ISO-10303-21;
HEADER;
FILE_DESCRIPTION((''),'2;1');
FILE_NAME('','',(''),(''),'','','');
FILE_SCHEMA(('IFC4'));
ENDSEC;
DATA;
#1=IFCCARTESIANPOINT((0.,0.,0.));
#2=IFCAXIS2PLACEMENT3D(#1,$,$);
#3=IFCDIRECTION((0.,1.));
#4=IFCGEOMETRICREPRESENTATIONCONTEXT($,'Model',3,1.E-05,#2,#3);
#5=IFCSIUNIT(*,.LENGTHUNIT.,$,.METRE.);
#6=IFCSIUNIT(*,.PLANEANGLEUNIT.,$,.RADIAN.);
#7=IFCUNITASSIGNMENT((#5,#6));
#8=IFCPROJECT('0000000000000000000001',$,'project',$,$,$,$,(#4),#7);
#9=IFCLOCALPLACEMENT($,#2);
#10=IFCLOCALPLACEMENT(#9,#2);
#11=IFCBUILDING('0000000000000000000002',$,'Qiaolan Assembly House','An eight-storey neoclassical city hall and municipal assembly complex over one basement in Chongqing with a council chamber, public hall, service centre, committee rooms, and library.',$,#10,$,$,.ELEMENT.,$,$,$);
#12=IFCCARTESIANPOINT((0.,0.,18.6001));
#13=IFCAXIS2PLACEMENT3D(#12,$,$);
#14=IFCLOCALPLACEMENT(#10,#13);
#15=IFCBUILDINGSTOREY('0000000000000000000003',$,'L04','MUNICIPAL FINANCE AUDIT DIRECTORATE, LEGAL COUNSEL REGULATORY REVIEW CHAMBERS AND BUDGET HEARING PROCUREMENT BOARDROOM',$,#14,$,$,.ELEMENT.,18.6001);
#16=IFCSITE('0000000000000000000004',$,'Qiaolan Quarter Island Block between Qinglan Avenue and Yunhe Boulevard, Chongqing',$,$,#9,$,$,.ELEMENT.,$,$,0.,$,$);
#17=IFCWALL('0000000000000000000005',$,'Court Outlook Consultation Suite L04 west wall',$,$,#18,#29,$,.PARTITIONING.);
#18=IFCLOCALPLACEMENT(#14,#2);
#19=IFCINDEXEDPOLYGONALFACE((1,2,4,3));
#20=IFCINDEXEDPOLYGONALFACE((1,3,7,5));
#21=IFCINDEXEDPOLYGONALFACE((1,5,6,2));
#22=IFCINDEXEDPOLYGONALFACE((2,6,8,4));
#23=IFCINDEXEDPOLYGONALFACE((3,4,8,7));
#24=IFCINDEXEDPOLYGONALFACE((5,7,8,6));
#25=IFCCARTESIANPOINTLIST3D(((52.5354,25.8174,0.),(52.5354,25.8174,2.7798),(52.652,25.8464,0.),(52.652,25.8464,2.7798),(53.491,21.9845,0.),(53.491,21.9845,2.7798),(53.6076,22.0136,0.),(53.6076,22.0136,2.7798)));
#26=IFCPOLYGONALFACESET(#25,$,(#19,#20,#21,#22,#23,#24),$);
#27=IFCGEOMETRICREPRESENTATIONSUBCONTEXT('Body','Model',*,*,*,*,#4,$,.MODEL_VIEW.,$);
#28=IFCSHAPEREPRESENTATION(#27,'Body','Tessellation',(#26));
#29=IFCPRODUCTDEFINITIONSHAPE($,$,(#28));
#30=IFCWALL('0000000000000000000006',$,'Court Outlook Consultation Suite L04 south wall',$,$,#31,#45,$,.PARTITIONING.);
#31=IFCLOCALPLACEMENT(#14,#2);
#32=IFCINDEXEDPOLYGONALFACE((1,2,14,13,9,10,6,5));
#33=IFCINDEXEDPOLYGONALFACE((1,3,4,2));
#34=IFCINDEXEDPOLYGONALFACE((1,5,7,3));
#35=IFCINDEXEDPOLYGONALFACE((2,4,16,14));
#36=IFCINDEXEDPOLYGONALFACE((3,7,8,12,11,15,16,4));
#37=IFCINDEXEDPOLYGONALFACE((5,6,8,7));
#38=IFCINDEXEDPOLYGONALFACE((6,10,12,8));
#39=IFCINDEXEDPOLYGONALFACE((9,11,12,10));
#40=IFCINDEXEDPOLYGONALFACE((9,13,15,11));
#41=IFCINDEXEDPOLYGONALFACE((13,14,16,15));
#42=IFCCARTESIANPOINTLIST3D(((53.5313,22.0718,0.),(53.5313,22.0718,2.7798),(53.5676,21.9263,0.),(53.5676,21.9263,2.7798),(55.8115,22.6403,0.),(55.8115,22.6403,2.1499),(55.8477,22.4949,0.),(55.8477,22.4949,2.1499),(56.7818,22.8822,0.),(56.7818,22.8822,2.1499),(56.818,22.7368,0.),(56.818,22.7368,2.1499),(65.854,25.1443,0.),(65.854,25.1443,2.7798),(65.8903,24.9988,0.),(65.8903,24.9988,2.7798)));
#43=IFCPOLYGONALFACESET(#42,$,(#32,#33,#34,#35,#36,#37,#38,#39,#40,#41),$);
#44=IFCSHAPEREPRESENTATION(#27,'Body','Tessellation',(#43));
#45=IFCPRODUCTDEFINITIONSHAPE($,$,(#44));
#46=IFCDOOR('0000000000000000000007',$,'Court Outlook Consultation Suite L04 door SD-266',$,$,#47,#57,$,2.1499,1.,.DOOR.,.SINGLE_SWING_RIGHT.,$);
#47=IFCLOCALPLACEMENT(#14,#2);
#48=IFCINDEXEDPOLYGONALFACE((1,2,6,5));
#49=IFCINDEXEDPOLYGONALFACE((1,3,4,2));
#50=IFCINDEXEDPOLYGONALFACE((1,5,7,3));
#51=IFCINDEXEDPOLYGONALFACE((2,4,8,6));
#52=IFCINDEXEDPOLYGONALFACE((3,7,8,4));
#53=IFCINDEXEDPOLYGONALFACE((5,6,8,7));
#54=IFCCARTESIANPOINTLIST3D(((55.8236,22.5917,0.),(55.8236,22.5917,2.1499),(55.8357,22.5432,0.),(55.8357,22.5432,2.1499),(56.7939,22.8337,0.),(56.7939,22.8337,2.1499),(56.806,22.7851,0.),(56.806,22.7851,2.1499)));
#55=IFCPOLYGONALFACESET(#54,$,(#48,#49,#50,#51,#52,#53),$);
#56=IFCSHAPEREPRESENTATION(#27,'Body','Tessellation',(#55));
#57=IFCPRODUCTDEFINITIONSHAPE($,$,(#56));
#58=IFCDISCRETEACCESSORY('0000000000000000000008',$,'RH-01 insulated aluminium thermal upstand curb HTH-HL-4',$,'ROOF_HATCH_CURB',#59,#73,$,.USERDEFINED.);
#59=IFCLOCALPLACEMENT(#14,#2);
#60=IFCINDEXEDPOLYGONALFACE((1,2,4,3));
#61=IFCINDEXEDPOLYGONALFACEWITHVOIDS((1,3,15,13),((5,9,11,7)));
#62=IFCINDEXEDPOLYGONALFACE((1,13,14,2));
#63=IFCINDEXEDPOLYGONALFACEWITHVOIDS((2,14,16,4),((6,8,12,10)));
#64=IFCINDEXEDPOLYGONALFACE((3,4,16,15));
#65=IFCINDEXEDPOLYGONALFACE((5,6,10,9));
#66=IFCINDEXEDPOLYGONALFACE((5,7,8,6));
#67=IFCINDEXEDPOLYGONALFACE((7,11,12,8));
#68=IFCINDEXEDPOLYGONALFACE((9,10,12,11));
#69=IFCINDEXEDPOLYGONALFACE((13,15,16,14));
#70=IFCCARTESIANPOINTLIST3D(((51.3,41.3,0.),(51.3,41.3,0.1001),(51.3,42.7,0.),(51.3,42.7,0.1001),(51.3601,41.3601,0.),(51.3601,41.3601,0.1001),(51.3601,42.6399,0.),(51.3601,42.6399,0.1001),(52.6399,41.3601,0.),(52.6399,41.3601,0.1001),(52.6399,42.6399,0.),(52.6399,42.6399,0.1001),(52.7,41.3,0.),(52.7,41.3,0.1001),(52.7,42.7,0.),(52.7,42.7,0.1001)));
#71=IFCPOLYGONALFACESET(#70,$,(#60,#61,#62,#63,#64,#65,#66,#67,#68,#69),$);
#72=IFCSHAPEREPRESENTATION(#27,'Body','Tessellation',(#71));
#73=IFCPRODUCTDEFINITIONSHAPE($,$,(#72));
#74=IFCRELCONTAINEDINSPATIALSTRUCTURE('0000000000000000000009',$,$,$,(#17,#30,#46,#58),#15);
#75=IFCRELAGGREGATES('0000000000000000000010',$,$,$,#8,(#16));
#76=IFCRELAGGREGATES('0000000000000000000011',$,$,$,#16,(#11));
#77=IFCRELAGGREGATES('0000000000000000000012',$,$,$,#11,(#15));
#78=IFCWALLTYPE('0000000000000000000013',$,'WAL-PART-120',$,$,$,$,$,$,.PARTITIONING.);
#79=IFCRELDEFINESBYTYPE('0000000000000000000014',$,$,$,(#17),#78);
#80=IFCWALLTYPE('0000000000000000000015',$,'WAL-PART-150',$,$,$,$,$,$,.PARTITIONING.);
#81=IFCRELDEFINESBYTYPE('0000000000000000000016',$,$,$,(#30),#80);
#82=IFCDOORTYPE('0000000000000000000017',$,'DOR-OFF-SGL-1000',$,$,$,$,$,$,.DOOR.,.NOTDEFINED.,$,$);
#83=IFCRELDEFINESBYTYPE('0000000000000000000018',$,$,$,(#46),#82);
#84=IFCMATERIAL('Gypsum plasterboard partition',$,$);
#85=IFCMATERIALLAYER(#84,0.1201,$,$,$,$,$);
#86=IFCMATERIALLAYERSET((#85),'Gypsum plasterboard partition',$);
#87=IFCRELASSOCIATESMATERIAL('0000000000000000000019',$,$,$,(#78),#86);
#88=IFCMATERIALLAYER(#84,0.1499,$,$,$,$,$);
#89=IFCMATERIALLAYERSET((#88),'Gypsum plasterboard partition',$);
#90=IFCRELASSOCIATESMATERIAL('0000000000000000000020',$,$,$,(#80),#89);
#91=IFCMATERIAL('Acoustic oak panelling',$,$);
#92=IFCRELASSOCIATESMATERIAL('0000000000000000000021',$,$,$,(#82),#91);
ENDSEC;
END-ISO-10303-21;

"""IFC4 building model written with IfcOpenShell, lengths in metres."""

from ifc_helpers import new_model, si_unit, direction, frame, frame_2d, origin, place, context, subcontext, project, spatial, polyline, rectangle, outline, extrude, material, layer, layer_set, type_object, element, fill, save


model = new_model("IFC4")

# Units and contexts
model_context = context("Model", 3, precision=1e-05, world=origin(), true_north=direction((0.0, 1.0)))
body_context = subcontext(model_context, "Body", "Model", "MODEL_VIEW")
ifc_project = project(units=[si_unit("LENGTHUNIT", "METRE"), si_unit("PLANEANGLEUNIT", "RADIAN")], contexts=[model_context])

# Site, building, storey
site_placement = place(None, origin())
site = spatial("IfcSite", under=ifc_project, at=site_placement, Name="Qiaolan Quarter Island Block between Qinglan Avenue and Yunhe Boulevard, Chongqing", CompositionType="ELEMENT", RefElevation=0.0)
building_placement = place(site_placement, origin())
building = spatial("IfcBuilding", under=site, at=building_placement, Name="Qiaolan Assembly House", Description="An eight-storey neoclassical city hall and municipal assembly complex over one basement in Chongqing with a council chamber, public hall, service centre, committee rooms, and library.", CompositionType="ELEMENT")
storey_placement = place(building_placement, frame((0.0, 0.0, 18.6001)))
storey = spatial("IfcBuildingStorey", under=building, at=storey_placement, Name="L04", Description="MUNICIPAL FINANCE AUDIT DIRECTORATE, LEGAL COUNSEL REGULATORY REVIEW CHAMBERS AND BUDGET HEARING PROCUREMENT BOARDROOM", CompositionType="ELEMENT", Elevation=18.6001)

# Wall
ifc_material_1 = material(Name="Gypsum plasterboard partition")
ifc_layer_1 = layer(ifc_material_1, 0.1201)
ifc_layer_set_1 = layer_set([ifc_layer_1], Name="Gypsum plasterboard partition")
wall_type_1 = type_object("IfcWallType", Name="WAL-PART-120", PredefinedType="PARTITIONING", material=ifc_layer_set_1)
wall_1_placement = place(storey_placement, frame((53.5493, 21.999, 0.0), z_axis=(0.0, 0.0, 1.0), x_axis=(-0.24191, 0.970299, 0.0)))
element("IfcWall", 1, at=wall_1_placement, inside=storey, type_object=wall_type_1, Name="Court Outlook Consultation Suite L04 west wall", PredefinedType="PARTITIONING", context=body_context, shape_type="SweptSolid", body=[
    extrude(rectangle(XDim=3.9502, YDim=0.1201, at=frame_2d((1.9751, 0.0))), origin(), (0.0, 0.0, 1.0), 2.7798),
])

# Wall, opening, door
ifc_layer_2 = layer(ifc_material_1, 0.1499)
ifc_layer_set_2 = layer_set([ifc_layer_2], Name="Gypsum plasterboard partition")
wall_type_2 = type_object("IfcWallType", Name="WAL-PART-150", PredefinedType="PARTITIONING", material=ifc_layer_set_2)
wall_2_placement = place(storey_placement, frame((53.5493, 21.999, 0.0), z_axis=(0.0, 0.0, 1.0), x_axis=(0.970294, 0.241929, 0.0)))
wall_2 = element("IfcWall", 2, at=wall_2_placement, inside=storey, type_object=wall_type_2, Name="Court Outlook Consultation Suite L04 south wall", PredefinedType="PARTITIONING", context=body_context, shape_type="SweptSolid", body=[
    extrude(rectangle(XDim=12.7, YDim=0.1499, at=frame_2d((6.3501, 0.0))), origin(), (0.0, 0.0, 1.0), 2.7798),
])
opening_1_placement = place(wall_2_placement, frame((2.3501, 0.0, 0.0)))
opening_1 = element("IfcOpeningElement", 3, at=opening_1_placement, cuts=wall_2, PredefinedType="OPENING", context=body_context, shape_type="SweptSolid", body=[
    extrude(rectangle(XDim=1.0, YDim=2.1499, at=frame_2d((0.5, 1.075))), frame((0.0, 0.085, 0.0), z_axis=(0.0, -1.0, 0.0), x_axis=(1.0, 0.0, 0.0)), (0.0, 0.0, 1.0), 0.1699),
])
ifc_material_2 = material(Name="Acoustic oak panelling")
door_type = type_object("IfcDoorType", Name="DOR-OFF-SGL-1000", OperationType="NOTDEFINED", PredefinedType="DOOR", material=ifc_material_2)
door_placement = place(opening_1_placement, origin())
door = element("IfcDoor", 4, at=door_placement, inside=storey, type_object=door_type, Name="Court Outlook Consultation Suite L04 door SD-266", OperationType="SINGLE_SWING_RIGHT", OverallHeight=2.1499, OverallWidth=1.0, PredefinedType="DOOR", context=body_context, shape_type="SweptSolid", body=[
    extrude(rectangle(XDim=1.0, YDim=2.1499, at=frame_2d((0.5, 1.075))), frame((0.0, 0.0249, 0.0), z_axis=(0.0, -1.0, 0.0), x_axis=(1.0, 0.0, 0.0)), (0.0, 0.0, 1.0), 0.05),
])
fill(opening_1, door)

# Discrete accessory
discrete_accessory_placement = place(storey_placement, frame((52.0, 42.0, 0.0)))
element("IfcDiscreteAccessory", 5, at=discrete_accessory_placement, inside=storey, Name="RH-01 insulated aluminium thermal upstand curb HTH-HL-4", ObjectType="ROOF_HATCH_CURB", PredefinedType="USERDEFINED", context=body_context, shape_type="SweptSolid", body=[
    extrude(outline(polyline([(-0.7, -0.7), (0.7, -0.7), (0.7, 0.7), (-0.7, 0.7), (-0.7, -0.7)]), holes=[polyline([(-0.6399, -0.6399), (-0.6399, 0.6399), (0.6399, 0.6399), (0.6399, -0.6399), (-0.6399, -0.6399)])]), origin(), (0.0, 0.0, 1.0), 0.1001),
])

save(model, "model.ifc")
